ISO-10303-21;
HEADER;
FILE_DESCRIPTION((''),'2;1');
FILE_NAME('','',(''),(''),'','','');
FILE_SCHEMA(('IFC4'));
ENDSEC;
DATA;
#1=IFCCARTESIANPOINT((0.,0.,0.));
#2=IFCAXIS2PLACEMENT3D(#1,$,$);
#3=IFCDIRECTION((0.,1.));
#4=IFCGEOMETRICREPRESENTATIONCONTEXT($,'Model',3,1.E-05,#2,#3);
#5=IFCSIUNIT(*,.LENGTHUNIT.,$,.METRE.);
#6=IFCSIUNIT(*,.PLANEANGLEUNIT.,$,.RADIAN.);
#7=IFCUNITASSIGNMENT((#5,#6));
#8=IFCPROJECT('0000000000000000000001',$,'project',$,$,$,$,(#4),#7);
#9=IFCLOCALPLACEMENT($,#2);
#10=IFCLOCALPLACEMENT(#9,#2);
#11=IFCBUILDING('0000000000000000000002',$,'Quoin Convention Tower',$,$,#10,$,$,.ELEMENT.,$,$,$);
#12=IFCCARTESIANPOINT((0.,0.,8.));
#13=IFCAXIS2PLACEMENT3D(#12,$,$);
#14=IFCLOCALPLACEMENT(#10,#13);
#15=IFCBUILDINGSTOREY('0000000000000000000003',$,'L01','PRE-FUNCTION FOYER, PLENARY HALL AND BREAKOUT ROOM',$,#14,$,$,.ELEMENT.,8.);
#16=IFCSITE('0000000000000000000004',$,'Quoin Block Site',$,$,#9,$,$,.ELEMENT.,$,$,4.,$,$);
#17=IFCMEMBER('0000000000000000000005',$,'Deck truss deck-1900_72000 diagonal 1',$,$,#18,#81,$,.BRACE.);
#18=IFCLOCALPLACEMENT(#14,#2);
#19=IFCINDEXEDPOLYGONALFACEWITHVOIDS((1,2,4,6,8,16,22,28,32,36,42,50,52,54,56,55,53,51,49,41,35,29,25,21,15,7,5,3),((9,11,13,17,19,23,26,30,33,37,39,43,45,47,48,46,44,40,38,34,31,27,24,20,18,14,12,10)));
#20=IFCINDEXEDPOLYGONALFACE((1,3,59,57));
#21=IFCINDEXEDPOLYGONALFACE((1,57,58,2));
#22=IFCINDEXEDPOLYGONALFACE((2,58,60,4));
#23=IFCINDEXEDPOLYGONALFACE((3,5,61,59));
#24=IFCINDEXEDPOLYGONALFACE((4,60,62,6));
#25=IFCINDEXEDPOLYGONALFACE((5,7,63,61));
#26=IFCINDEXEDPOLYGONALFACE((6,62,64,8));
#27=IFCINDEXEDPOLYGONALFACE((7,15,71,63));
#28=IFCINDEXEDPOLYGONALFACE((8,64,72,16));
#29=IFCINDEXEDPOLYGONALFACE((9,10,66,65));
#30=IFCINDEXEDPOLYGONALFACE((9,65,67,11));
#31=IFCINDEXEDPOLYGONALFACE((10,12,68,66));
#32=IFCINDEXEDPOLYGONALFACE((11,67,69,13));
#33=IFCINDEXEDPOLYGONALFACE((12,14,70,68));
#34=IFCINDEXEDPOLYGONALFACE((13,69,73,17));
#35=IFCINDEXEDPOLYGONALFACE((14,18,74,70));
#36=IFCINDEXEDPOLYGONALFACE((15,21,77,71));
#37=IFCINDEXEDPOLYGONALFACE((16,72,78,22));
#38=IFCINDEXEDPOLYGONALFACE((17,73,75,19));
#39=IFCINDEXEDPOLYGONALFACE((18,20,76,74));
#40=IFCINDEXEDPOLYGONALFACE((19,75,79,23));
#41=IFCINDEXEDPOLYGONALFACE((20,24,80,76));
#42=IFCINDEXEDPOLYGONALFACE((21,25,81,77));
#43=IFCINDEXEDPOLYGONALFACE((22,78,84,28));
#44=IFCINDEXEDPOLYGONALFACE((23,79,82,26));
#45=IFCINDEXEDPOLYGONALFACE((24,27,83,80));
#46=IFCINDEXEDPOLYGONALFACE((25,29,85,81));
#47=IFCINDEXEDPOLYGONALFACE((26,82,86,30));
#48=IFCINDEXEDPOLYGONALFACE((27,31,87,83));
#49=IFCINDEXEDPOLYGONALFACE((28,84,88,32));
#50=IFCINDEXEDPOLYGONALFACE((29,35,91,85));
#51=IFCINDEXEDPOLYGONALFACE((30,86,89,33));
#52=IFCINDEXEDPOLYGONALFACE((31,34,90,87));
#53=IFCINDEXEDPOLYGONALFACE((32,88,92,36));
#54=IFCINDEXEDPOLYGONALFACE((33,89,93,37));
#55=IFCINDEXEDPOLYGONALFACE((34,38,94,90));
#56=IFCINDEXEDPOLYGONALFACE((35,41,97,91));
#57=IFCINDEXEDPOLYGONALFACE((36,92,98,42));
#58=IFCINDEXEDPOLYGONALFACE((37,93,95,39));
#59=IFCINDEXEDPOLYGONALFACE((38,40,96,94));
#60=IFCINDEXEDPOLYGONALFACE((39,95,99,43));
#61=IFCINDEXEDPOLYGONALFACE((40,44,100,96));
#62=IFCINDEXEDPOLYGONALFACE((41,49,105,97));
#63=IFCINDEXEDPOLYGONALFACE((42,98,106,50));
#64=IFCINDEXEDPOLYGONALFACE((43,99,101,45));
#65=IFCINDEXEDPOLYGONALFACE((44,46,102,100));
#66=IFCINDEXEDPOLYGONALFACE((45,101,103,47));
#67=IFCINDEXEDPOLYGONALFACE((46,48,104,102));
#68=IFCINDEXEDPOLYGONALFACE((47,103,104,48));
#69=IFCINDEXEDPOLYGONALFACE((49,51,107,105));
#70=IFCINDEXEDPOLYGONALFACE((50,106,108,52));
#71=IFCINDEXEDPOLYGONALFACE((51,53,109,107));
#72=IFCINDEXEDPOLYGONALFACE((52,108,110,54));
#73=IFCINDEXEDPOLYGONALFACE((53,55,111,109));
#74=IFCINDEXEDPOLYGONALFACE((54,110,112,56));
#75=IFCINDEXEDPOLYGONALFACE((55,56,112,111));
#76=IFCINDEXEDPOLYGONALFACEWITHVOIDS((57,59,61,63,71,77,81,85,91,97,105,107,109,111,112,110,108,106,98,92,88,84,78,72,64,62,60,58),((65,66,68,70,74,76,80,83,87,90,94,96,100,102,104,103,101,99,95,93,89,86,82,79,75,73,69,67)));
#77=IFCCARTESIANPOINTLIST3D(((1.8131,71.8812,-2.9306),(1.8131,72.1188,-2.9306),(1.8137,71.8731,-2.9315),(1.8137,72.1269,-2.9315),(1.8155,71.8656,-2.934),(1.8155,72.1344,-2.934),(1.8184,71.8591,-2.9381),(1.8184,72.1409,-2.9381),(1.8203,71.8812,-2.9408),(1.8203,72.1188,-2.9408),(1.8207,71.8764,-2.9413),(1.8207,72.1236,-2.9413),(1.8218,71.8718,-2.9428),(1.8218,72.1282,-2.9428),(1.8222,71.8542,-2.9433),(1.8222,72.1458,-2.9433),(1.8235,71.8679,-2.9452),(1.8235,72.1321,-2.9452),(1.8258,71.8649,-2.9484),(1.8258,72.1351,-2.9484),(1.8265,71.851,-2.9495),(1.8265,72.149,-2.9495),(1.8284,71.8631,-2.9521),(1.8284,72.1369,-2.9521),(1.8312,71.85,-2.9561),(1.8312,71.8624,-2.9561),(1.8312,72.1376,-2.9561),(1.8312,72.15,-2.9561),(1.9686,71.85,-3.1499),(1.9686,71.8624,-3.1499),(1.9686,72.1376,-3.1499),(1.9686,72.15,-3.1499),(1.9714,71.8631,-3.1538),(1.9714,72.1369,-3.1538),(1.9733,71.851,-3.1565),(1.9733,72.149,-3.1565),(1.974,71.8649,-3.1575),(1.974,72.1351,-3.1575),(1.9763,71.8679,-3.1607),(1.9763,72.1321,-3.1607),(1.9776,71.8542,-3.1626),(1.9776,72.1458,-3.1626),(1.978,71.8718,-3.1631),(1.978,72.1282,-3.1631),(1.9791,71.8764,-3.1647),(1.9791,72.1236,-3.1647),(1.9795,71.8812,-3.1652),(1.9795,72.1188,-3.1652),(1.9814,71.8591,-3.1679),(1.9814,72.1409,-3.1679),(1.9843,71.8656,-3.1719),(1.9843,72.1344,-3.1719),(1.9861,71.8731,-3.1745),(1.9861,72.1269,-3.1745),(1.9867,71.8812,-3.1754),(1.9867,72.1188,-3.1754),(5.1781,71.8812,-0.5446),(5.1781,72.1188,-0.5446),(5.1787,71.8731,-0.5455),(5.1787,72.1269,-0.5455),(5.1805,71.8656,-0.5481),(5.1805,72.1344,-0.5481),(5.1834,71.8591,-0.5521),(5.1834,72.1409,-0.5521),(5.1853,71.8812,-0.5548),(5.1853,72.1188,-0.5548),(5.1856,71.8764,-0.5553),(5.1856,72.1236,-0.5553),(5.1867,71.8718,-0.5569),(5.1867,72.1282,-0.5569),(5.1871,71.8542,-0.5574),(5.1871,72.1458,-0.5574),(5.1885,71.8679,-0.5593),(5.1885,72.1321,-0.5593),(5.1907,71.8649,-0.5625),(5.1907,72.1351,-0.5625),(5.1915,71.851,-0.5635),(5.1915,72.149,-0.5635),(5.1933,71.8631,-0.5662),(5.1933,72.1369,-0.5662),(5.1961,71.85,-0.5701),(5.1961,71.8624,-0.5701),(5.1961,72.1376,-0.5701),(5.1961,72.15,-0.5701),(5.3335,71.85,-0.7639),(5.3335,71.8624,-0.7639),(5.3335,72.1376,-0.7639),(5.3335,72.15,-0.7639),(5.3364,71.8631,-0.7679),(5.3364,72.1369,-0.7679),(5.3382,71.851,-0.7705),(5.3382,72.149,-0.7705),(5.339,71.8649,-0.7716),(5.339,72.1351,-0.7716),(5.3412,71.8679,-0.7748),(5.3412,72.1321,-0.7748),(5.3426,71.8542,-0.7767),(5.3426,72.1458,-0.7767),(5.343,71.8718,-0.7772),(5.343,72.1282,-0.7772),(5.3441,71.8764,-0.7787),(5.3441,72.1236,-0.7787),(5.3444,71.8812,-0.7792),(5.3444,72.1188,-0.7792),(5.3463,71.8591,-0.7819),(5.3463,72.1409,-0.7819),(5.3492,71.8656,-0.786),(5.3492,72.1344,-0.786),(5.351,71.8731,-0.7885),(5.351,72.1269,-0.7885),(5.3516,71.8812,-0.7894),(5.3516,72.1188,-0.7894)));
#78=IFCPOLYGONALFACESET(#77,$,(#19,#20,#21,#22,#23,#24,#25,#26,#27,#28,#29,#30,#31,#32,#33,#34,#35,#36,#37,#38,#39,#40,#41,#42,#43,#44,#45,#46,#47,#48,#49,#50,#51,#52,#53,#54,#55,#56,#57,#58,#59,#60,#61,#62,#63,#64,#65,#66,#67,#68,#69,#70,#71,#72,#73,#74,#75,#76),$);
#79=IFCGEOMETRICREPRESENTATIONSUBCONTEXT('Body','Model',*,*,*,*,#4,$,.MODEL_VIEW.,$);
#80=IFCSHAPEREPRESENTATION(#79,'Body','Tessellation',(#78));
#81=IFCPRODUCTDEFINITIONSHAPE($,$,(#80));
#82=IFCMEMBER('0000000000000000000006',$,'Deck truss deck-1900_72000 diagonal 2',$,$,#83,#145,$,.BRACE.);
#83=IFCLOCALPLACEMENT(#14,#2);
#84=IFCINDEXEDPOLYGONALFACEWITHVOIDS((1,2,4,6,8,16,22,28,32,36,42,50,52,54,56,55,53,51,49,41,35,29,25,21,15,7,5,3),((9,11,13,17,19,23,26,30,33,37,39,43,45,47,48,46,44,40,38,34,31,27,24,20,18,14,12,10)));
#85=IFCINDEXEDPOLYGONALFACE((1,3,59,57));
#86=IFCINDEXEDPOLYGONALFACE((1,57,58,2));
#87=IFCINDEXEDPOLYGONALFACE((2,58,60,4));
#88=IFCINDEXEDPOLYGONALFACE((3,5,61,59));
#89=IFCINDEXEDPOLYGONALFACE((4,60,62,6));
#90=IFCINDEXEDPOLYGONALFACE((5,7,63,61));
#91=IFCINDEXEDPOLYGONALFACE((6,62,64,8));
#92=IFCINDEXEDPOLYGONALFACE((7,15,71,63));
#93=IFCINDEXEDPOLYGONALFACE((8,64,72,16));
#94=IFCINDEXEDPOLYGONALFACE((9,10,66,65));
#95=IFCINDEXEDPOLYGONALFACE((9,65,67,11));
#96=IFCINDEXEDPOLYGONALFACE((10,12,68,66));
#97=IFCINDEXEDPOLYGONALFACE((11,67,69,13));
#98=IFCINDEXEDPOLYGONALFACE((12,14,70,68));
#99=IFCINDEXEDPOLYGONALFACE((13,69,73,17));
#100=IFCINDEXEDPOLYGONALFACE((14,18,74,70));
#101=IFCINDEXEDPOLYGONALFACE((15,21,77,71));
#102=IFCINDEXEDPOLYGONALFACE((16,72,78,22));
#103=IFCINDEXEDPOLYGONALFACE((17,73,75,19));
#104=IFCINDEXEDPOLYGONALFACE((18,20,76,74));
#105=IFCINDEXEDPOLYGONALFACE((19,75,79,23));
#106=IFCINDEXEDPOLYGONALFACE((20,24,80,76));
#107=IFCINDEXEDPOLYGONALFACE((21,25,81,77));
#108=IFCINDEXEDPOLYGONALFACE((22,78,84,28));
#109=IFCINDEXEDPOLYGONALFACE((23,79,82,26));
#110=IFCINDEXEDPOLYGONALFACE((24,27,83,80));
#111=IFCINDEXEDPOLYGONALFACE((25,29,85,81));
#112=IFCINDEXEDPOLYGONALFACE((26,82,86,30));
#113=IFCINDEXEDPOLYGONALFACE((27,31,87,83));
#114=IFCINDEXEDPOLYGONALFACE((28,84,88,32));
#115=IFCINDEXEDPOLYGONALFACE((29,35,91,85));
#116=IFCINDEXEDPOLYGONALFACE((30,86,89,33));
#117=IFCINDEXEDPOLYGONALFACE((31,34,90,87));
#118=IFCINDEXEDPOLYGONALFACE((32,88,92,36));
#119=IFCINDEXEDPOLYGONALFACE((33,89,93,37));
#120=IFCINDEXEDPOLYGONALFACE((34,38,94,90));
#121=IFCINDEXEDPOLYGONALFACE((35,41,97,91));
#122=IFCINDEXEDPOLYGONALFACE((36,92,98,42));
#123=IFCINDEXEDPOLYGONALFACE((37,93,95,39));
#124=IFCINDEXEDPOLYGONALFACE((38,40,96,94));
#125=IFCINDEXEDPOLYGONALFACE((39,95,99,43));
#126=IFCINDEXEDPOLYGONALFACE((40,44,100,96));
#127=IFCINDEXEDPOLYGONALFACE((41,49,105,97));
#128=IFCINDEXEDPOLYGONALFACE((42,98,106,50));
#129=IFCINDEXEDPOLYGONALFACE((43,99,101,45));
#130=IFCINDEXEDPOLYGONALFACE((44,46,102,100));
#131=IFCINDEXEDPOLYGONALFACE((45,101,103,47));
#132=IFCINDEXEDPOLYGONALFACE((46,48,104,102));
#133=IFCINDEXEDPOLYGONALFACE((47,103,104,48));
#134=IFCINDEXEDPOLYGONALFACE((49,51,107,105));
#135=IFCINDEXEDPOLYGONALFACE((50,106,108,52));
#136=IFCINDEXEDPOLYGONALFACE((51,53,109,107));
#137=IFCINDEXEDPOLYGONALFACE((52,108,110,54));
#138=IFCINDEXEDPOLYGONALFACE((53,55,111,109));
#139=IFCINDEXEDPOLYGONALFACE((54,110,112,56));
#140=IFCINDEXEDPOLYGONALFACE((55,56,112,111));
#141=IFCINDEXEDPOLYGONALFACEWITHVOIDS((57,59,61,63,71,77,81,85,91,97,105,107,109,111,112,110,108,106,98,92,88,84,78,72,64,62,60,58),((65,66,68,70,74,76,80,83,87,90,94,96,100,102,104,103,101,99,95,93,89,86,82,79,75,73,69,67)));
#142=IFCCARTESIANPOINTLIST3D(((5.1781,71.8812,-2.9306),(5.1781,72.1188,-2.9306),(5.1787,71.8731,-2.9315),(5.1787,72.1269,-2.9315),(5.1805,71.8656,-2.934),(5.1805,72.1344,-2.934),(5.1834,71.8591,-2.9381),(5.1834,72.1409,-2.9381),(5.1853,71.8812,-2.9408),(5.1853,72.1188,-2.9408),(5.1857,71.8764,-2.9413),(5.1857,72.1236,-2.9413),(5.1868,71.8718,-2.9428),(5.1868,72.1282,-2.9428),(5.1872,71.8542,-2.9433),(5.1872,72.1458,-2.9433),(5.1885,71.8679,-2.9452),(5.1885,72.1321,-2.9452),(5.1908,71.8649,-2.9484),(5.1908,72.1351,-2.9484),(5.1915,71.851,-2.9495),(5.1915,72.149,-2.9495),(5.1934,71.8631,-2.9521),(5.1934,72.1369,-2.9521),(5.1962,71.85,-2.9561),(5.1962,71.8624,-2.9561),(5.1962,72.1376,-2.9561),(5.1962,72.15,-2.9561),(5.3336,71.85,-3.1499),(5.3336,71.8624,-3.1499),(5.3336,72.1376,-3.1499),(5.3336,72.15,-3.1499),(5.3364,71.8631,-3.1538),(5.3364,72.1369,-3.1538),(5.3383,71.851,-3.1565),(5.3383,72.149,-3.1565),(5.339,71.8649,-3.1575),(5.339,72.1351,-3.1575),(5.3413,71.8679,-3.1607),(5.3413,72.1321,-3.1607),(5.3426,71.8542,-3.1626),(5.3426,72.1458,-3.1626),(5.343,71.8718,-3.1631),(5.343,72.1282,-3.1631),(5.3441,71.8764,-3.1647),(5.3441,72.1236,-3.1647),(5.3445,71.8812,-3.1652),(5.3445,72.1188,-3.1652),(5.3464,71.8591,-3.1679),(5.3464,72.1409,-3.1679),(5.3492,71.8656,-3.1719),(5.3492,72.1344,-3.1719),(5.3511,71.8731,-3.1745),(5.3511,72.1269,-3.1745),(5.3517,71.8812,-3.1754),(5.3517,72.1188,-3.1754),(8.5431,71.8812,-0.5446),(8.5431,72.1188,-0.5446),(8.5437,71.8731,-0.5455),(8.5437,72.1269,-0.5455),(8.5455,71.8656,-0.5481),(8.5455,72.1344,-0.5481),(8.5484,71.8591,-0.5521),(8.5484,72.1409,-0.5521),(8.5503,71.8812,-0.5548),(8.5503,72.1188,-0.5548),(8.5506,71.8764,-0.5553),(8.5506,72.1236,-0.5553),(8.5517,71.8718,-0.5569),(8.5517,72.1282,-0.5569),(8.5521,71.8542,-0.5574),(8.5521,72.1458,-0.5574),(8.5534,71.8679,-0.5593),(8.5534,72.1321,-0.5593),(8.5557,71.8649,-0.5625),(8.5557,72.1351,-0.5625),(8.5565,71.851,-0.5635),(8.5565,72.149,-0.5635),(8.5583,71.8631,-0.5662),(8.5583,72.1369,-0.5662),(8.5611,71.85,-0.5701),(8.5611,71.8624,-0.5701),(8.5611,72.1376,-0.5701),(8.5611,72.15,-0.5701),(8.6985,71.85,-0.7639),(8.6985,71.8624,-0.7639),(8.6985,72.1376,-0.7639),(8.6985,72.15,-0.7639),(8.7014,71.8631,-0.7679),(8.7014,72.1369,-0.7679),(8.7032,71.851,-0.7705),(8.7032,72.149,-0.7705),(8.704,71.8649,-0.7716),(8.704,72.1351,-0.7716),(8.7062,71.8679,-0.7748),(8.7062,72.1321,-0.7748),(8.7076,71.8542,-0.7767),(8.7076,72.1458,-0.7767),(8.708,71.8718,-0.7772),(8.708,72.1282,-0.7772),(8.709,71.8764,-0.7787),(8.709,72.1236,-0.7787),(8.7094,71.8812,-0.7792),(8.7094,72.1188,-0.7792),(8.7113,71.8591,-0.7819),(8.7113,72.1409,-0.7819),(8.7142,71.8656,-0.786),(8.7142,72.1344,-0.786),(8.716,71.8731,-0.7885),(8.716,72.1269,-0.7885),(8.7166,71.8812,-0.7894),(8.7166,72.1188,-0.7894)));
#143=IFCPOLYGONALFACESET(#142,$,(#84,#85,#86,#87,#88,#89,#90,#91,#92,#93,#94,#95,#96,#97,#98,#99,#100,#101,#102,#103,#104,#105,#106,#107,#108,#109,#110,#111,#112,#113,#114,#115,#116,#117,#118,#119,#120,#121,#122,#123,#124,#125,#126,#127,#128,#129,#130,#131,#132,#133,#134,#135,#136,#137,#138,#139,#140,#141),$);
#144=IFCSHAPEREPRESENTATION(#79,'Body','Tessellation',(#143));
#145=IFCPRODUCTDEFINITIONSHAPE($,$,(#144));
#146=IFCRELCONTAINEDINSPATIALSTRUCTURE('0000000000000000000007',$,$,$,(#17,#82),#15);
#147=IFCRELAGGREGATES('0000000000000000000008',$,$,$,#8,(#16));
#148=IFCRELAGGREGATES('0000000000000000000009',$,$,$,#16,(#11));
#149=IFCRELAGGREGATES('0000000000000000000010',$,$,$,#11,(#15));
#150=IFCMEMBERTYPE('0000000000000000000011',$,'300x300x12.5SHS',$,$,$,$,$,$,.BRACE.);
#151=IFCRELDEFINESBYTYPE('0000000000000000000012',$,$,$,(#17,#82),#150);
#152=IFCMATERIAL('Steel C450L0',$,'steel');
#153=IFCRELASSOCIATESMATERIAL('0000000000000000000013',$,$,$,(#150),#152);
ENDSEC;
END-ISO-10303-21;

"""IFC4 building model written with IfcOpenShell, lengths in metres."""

from ifc_helpers import new_model, si_unit, direction, frame, origin, origin_2d, place, context, subcontext, project, spatial, hollow_rectangle, extrude, material, material_profile, profile_set, type_object, element, save


model = new_model("IFC4")

# Units and contexts
model_context = context("Model", 3, precision=1e-05, world=origin(), true_north=direction((0.0, 1.0)))
body_context = subcontext(model_context, "Body", "Model", "MODEL_VIEW")
ifc_project = project(units=[si_unit("LENGTHUNIT", "METRE"), si_unit("PLANEANGLEUNIT", "RADIAN")], contexts=[model_context])

# Site, building, storey
site_placement = place(None, origin())
site = spatial("IfcSite", under=ifc_project, at=site_placement, Name="Quoin Block Site", CompositionType="ELEMENT", RefElevation=4.0)
building_placement = place(site_placement, origin())
building = spatial("IfcBuilding", under=site, at=building_placement, Name="Quoin Convention Tower", CompositionType="ELEMENT")
storey_placement = place(building_placement, frame((0.0, 0.0, 8.0)))
storey = spatial("IfcBuildingStorey", under=building, at=storey_placement, Name="L01", Description="PRE-FUNCTION FOYER, PLENARY HALL AND BREAKOUT ROOM", CompositionType="ELEMENT", Elevation=8.0)

# Shared definitions
ifc_material_1 = material(Name="Steel C450L0", Category="steel")

# Members
ifc_material_profile_1 = material_profile(ifc_material_1, hollow_rectangle(XDim=0.3, YDim=0.3, WallThickness=0.0125, InnerFilletRadius=0.0188, OuterFilletRadius=0.0312, at=origin_2d()), Name="300x300x12.5SHS")
ifc_profile_set_1 = profile_set([ifc_material_profile_1], Name="Steel C450L0")
member_type_1 = type_object("IfcMemberType", Name="300x300x12.5SHS", PredefinedType="BRACE", material=ifc_profile_set_1)
for number, where, z_axis, x_axis, name in (
    (1, (1.8999, 72.0, -3.053), (0.815744, 0.0, 0.578413), (0.0, 1.0, 0.0), "Deck truss deck-1900_72000 diagonal 1"),
    (2, (5.2649, 72.0, -3.053), (0.815744, 0.0, 0.578413), (0.0, 1.0, 0.0), "Deck truss deck-1900_72000 diagonal 2"),
):
    element("IfcMember", number, at=place(storey_placement, frame(where, z_axis=z_axis, x_axis=x_axis)), inside=storey, type_object=member_type_1, Name=name, PredefinedType="BRACE", context=body_context, shape_type="SweptSolid", body=[
        extrude(hollow_rectangle(XDim=0.3, YDim=0.3, WallThickness=0.0125, InnerFilletRadius=0.0188, OuterFilletRadius=0.0312, at=origin_2d()), origin(), (0.0, 0.0, 1.0), 4.125),
    ])

save(model, "model.ifc")
